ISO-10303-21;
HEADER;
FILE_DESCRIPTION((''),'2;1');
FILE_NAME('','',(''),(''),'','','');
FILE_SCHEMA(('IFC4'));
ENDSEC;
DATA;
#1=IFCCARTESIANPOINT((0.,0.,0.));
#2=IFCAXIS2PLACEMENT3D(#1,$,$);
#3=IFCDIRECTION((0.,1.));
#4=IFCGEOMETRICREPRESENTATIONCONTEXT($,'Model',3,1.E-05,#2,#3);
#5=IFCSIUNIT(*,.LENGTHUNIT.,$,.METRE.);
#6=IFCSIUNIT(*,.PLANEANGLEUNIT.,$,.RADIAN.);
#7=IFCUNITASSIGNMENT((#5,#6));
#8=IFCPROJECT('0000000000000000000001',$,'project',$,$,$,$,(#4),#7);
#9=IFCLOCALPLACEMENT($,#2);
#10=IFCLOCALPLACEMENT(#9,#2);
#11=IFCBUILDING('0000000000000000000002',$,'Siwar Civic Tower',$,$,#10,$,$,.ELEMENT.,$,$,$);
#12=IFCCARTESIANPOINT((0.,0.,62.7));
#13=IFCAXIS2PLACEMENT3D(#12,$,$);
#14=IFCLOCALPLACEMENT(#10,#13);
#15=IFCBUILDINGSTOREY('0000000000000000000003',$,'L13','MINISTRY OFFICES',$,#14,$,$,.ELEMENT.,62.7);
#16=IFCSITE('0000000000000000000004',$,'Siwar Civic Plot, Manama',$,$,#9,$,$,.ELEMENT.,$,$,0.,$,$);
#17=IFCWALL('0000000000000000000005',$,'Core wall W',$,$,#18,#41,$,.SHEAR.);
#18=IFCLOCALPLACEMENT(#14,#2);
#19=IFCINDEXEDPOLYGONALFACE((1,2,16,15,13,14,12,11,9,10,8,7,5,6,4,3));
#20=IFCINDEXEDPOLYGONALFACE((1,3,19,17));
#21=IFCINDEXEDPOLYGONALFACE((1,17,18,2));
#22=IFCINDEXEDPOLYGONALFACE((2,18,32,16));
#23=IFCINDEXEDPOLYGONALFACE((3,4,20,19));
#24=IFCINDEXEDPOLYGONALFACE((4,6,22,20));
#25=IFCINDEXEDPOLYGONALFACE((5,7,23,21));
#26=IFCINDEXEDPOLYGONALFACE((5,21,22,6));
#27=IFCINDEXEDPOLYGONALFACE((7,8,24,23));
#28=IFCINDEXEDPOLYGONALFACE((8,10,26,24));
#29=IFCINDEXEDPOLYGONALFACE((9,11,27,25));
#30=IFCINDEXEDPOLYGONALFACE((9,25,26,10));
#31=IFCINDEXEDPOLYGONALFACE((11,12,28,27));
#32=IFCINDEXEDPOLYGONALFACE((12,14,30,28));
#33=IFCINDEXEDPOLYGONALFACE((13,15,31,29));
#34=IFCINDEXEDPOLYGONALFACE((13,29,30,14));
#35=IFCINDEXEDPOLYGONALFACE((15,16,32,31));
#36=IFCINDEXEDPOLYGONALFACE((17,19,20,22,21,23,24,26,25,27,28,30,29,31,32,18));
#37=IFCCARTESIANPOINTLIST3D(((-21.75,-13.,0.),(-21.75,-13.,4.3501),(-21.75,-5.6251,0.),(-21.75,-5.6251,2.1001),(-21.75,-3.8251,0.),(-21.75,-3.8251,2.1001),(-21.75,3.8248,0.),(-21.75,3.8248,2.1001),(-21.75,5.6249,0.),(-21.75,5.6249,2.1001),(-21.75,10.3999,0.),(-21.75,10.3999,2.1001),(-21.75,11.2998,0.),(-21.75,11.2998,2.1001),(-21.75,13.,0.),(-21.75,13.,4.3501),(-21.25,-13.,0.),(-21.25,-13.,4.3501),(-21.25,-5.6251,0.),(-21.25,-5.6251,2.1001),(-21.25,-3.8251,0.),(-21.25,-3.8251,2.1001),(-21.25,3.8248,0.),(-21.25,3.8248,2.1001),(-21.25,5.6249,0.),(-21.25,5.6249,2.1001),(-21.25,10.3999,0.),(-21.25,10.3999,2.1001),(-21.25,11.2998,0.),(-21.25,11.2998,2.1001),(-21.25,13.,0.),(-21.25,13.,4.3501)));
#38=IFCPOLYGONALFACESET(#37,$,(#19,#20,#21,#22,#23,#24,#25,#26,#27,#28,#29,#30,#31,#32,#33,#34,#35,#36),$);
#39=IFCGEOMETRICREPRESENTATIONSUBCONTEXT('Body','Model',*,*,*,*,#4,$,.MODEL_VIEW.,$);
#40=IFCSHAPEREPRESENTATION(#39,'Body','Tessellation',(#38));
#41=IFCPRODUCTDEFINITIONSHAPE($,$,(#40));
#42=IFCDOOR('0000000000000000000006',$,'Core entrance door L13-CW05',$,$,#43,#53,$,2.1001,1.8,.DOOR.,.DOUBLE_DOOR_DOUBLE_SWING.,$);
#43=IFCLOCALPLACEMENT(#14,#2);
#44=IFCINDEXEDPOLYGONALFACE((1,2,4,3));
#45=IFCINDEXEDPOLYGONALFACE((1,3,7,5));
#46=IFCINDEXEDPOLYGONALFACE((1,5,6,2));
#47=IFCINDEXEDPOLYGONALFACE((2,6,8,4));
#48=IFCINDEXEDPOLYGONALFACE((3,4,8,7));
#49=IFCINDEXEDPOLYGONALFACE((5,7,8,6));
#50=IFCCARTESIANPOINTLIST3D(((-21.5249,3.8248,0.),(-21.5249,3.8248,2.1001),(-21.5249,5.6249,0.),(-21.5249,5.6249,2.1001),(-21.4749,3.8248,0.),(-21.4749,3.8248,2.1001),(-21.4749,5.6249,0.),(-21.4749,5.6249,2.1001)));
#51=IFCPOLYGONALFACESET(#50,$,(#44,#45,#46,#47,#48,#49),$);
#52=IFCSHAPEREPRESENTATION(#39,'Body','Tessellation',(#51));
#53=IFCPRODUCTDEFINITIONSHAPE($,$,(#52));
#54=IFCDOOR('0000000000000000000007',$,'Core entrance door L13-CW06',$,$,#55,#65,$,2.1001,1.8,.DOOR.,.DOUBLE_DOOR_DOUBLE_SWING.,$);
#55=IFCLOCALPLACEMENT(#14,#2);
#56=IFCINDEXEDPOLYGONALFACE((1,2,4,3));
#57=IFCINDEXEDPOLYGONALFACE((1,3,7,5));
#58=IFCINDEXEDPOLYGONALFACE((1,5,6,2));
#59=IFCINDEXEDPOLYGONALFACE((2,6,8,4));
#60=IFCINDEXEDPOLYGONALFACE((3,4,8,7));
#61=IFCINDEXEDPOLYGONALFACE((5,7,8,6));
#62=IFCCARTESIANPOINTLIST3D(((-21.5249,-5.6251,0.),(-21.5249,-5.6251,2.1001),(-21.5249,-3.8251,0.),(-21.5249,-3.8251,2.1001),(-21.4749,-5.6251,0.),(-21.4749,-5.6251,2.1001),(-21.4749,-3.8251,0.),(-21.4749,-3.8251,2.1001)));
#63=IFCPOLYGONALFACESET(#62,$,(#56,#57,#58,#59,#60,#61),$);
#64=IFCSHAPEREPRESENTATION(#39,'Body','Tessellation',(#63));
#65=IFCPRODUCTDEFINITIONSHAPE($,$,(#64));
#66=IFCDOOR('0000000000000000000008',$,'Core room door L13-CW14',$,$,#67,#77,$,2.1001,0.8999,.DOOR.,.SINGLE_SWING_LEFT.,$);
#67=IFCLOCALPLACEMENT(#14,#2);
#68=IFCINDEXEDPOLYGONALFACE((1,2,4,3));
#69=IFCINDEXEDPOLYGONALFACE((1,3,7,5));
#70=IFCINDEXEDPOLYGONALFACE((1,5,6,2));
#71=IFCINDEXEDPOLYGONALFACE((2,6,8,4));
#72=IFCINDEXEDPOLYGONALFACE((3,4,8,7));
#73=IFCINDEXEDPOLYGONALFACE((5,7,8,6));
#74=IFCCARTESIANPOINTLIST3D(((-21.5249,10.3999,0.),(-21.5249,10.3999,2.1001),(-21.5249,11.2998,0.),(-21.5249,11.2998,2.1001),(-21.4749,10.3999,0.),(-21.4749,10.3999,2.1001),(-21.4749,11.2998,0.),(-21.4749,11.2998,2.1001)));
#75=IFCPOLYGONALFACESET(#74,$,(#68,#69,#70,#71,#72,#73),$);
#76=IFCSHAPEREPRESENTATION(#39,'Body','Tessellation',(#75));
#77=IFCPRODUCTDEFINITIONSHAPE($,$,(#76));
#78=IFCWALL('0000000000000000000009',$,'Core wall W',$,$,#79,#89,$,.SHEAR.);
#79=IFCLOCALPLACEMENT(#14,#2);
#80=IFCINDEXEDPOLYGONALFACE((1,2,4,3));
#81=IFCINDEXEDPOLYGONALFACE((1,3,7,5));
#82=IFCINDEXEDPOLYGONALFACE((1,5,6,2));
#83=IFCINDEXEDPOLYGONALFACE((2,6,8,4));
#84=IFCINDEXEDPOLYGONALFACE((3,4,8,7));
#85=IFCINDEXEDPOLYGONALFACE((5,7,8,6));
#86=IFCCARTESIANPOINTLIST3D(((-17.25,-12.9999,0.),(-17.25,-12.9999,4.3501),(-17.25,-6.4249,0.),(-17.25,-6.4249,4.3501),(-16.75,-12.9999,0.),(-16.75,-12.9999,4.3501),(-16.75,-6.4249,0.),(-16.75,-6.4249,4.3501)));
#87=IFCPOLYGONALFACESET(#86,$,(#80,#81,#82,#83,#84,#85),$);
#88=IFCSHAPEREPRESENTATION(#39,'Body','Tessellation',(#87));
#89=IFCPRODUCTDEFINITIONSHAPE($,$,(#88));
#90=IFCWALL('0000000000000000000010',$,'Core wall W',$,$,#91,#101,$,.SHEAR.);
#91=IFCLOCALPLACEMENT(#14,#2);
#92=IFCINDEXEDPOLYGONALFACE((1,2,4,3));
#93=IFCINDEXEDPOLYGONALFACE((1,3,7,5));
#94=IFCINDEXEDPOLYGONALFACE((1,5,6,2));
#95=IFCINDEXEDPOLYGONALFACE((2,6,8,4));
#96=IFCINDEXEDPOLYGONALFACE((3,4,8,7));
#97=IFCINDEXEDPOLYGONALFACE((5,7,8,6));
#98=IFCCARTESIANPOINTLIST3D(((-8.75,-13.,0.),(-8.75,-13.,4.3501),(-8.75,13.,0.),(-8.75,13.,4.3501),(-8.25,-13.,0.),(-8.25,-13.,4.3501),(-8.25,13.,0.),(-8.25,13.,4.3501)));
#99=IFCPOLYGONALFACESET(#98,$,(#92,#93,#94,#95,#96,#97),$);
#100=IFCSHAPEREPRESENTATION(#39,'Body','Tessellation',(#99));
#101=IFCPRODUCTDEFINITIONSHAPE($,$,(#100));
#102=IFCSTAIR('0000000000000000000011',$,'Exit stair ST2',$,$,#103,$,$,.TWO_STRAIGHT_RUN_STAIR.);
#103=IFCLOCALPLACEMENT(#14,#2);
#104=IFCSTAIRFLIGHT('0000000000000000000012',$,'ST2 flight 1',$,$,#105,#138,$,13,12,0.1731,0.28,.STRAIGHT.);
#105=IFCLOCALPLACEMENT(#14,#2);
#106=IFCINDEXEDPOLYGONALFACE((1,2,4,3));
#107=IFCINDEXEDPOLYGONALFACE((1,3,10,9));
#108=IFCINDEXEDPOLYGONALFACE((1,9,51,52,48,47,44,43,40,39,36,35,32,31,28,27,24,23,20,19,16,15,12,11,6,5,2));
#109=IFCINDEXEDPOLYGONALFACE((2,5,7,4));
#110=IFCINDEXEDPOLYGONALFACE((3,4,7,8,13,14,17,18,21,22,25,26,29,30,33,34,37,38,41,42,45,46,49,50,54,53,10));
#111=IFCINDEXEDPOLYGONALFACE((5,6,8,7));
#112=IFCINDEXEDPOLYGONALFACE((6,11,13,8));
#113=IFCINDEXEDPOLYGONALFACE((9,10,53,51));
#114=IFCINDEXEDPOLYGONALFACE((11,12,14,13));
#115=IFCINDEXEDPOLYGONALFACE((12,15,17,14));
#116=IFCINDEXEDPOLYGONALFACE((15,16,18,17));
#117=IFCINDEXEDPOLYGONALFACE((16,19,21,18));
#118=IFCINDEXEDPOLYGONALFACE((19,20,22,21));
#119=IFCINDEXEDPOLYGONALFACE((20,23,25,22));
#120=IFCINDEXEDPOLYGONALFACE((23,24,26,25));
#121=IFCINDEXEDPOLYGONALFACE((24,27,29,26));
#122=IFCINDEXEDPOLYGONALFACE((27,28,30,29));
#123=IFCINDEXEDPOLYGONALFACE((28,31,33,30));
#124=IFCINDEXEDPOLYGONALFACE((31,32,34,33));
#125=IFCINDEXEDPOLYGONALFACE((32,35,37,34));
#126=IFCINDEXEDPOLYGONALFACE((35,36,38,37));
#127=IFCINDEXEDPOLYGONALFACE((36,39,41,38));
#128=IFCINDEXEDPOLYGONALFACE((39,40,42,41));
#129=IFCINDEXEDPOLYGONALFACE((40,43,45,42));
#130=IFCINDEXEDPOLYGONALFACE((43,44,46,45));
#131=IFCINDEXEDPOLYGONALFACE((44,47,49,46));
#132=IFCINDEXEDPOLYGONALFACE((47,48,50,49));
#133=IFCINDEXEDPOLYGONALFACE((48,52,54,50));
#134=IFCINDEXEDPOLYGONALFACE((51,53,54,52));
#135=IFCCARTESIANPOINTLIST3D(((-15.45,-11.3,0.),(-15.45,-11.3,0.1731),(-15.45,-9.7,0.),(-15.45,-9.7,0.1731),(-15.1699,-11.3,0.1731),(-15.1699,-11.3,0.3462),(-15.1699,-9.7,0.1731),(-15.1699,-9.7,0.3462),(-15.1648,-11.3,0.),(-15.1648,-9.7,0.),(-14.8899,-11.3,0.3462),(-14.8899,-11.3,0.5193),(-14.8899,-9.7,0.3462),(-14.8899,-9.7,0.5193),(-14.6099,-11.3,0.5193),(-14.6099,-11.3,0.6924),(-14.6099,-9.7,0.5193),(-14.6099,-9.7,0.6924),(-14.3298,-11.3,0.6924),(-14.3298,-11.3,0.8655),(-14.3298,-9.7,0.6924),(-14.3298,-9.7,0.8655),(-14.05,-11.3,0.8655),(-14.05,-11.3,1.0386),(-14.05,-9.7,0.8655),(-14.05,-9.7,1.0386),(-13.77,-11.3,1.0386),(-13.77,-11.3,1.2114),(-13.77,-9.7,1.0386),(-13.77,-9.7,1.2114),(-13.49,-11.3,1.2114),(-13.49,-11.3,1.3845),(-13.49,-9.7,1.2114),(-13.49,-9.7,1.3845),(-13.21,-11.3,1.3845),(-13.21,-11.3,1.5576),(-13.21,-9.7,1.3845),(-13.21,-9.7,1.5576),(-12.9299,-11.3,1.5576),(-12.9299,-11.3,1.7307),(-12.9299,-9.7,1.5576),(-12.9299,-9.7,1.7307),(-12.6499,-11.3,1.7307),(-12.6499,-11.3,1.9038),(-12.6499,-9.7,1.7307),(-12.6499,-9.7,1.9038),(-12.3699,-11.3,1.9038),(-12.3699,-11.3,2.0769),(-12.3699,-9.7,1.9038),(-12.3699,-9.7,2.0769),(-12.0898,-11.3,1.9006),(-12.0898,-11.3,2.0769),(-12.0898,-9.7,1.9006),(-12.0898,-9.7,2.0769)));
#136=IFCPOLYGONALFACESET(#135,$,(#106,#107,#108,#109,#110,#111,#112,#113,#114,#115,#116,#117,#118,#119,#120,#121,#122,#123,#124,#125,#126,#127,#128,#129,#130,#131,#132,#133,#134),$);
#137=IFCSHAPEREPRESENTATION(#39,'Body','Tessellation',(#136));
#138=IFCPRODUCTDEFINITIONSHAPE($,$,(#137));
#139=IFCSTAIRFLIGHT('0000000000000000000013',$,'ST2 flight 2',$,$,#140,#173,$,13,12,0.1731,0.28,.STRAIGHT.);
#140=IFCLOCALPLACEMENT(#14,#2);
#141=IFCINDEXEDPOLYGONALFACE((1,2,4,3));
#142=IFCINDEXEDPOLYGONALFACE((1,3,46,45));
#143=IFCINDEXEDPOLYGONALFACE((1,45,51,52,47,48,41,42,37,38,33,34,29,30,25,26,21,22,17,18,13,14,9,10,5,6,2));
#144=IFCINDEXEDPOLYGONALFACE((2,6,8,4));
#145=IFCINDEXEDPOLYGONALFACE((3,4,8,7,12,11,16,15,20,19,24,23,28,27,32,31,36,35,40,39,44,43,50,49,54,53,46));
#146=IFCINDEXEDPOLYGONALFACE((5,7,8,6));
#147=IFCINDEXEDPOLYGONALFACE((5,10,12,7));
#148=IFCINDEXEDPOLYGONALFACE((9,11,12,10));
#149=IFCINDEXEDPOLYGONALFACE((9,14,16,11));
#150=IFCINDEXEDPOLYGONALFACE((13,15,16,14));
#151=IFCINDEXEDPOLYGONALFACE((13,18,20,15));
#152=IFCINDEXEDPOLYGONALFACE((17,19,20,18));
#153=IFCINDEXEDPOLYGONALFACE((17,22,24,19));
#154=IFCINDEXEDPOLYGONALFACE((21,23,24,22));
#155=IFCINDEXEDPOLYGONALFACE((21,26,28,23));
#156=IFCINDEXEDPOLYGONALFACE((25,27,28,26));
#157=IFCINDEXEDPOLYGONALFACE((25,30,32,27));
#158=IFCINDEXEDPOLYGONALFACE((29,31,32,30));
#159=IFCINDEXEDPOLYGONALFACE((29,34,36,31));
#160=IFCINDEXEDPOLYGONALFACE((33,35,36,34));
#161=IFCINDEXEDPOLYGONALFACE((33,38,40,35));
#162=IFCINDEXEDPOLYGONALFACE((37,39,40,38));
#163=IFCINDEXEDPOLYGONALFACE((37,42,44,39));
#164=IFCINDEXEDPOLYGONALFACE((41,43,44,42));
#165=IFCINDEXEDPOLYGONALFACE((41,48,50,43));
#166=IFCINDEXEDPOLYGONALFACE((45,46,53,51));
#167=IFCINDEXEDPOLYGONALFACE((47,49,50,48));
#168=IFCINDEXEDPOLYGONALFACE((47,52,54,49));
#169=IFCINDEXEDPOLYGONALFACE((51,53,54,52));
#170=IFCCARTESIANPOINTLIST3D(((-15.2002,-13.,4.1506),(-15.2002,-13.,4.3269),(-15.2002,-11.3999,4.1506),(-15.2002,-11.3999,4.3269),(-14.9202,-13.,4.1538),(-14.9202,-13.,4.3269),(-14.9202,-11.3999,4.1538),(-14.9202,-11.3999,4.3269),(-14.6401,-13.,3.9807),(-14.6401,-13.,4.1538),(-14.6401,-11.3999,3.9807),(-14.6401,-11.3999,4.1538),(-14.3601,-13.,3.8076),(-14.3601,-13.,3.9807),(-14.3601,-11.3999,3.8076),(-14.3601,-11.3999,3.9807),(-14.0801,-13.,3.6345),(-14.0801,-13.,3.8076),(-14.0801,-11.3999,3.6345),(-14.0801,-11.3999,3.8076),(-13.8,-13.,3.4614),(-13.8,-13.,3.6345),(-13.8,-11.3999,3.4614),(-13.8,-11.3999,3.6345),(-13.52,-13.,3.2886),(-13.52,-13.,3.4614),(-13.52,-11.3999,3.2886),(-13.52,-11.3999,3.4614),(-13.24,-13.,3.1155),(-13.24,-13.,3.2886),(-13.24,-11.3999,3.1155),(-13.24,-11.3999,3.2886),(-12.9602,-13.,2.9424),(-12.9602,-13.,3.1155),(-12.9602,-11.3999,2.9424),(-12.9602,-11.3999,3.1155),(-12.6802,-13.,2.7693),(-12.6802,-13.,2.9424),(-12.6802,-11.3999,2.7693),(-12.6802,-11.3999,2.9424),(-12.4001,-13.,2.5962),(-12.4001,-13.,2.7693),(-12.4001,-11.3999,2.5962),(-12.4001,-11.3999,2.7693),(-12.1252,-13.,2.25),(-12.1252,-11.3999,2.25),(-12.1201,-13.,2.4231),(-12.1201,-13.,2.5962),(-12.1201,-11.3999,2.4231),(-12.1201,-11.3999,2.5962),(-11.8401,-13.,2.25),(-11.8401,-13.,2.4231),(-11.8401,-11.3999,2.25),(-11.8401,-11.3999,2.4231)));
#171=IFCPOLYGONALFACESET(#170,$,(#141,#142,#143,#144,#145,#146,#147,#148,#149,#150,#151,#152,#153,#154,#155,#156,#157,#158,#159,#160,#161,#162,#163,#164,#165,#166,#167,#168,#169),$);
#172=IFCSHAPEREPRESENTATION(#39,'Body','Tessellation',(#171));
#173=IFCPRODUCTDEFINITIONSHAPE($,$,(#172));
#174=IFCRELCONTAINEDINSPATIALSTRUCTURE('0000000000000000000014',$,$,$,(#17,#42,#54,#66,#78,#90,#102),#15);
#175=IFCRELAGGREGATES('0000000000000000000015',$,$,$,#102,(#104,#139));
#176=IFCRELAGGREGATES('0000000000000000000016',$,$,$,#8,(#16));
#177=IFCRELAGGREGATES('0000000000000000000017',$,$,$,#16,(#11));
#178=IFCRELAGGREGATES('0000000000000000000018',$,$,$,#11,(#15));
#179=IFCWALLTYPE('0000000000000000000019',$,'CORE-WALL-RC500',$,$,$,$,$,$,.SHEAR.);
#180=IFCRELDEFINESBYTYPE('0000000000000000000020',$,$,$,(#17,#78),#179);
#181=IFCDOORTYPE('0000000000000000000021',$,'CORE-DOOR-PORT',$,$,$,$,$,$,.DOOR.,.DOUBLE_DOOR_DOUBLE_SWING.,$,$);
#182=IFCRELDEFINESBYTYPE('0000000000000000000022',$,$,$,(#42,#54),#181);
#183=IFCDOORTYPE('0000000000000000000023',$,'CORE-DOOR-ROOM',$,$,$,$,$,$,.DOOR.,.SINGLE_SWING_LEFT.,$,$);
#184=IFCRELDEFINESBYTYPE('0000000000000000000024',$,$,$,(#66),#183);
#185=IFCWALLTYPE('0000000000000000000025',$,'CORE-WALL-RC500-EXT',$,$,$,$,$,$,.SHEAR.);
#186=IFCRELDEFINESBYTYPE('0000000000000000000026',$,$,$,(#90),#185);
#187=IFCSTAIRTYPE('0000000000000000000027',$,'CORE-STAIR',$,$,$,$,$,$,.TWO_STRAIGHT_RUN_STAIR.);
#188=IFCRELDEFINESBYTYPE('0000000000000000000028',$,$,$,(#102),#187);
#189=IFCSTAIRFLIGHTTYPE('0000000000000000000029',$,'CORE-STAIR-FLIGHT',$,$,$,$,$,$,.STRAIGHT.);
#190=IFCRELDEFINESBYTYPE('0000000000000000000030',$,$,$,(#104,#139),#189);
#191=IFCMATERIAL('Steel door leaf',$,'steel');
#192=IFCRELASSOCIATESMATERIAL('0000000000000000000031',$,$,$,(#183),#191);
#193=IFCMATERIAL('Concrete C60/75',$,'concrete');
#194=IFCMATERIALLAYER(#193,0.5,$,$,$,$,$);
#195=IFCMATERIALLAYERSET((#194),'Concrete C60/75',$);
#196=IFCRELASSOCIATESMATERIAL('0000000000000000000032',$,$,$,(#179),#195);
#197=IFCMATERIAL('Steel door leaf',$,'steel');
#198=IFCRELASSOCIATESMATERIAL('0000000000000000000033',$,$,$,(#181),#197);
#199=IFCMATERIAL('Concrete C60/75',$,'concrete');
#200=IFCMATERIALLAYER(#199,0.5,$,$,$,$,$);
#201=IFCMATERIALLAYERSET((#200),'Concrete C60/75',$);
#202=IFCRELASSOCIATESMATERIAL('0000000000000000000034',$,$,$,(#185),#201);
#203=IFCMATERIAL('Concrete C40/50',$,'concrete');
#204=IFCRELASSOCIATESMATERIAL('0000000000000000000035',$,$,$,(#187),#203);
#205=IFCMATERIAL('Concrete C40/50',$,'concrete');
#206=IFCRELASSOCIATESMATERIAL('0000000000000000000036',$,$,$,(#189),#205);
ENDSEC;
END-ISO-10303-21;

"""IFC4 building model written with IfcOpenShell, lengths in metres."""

from ifc_helpers import new_model, si_unit, direction, frame, frame_2d, origin, place, context, subcontext, project, spatial, polyline, rectangle, outline, extrude, material, layer, layer_set, type_object, element, fill, aggregate, save


model = new_model("IFC4")

# Units and contexts
model_context = context("Model", 3, precision=1e-05, world=origin(), true_north=direction((0.0, 1.0)))
body_context = subcontext(model_context, "Body", "Model", "MODEL_VIEW")
ifc_project = project(units=[si_unit("LENGTHUNIT", "METRE"), si_unit("PLANEANGLEUNIT", "RADIAN")], contexts=[model_context])

# Site, building, storey
site_placement = place(None, origin())
site = spatial("IfcSite", under=ifc_project, at=site_placement, Name="Siwar Civic Plot, Manama", CompositionType="ELEMENT", RefElevation=0.0)
building_placement = place(site_placement, origin())
building = spatial("IfcBuilding", under=site, at=building_placement, Name="Siwar Civic Tower", CompositionType="ELEMENT")
storey_placement = place(building_placement, frame((0.0, 0.0, 62.7)))
storey = spatial("IfcBuildingStorey", under=building, at=storey_placement, Name="L13", Description="MINISTRY OFFICES", CompositionType="ELEMENT", Elevation=62.7)

# Shared definitions
ifc_material_1 = material(Name="Steel door leaf", Category="steel")
door_type_1 = type_object("IfcDoorType", Name="CORE-DOOR-ROOM", OperationType="SINGLE_SWING_LEFT", PredefinedType="DOOR", material=ifc_material_1)

# Wall, openings, doors
ifc_material_2 = material(Name="Concrete C60/75", Category="concrete")
ifc_layer_1 = layer(ifc_material_2, 0.5)
ifc_layer_set_1 = layer_set([ifc_layer_1], Name="Concrete C60/75")
wall_type_1 = type_object("IfcWallType", Name="CORE-WALL-RC500", PredefinedType="SHEAR", material=ifc_layer_set_1)
wall_1_placement = place(storey_placement, frame((-21.5, -13.0, 0.0), z_axis=(0.0, 0.0, 1.0), x_axis=(0.0, 1.0, 0.0)))
wall_1 = element("IfcWall", 1, at=wall_1_placement, inside=storey, type_object=wall_type_1, Name="Core wall W", PredefinedType="SHEAR", context=body_context, shape_type="SweptSolid", body=[
    extrude(rectangle(XDim=26.0, YDim=0.5, at=frame_2d((13.0, 0.0))), origin(), (0.0, 0.0, 1.0), 4.3501),
])
opening_1_placement = place(wall_1_placement, frame((16.825, 0.0, 0.0)))
opening_1 = element("IfcOpeningElement", 2, at=opening_1_placement, cuts=wall_1, PredefinedType="OPENING", context=body_context, shape_type="SweptSolid", body=[
    extrude(rectangle(XDim=1.8, YDim=2.1001, at=frame_2d((0.8999, 1.05))), frame((0.0, 0.26, 0.0), z_axis=(0.0, -1.0, 0.0), x_axis=(1.0, 0.0, 0.0)), (0.0, 0.0, 1.0), 0.52),
])
opening_2_placement = place(wall_1_placement, frame((7.375, 0.0, 0.0)))
opening_2 = element("IfcOpeningElement", 3, at=opening_2_placement, cuts=wall_1, PredefinedType="OPENING", context=body_context, shape_type="SweptSolid", body=[
    extrude(rectangle(XDim=1.8, YDim=2.1001, at=frame_2d((0.8999, 1.05))), frame((0.0, 0.26, 0.0), z_axis=(0.0, -1.0, 0.0), x_axis=(1.0, 0.0, 0.0)), (0.0, 0.0, 1.0), 0.52),
])
opening_3_placement = place(wall_1_placement, frame((23.3999, 0.0, 0.0)))
opening_3 = element("IfcOpeningElement", 4, at=opening_3_placement, cuts=wall_1, PredefinedType="OPENING", context=body_context, shape_type="SweptSolid", body=[
    extrude(rectangle(XDim=0.8999, YDim=2.1001, at=frame_2d((0.45, 1.05))), frame((0.0, 0.26, 0.0), z_axis=(0.0, -1.0, 0.0), x_axis=(1.0, 0.0, 0.0)), (0.0, 0.0, 1.0), 0.52),
])
ifc_material_3 = material(Name="Steel door leaf", Category="steel")
door_type_2 = type_object("IfcDoorType", Name="CORE-DOOR-PORT", OperationType="DOUBLE_DOOR_DOUBLE_SWING", PredefinedType="DOOR", material=ifc_material_3)
door_1_placement = place(opening_1_placement, origin())
door_1 = element("IfcDoor", 5, at=door_1_placement, inside=storey, type_object=door_type_2, Name="Core entrance door L13-CW05", OperationType="DOUBLE_DOOR_DOUBLE_SWING", OverallHeight=2.1001, OverallWidth=1.8, PredefinedType="DOOR", context=body_context, shape_type="SweptSolid", body=[
    extrude(rectangle(XDim=1.8, YDim=2.1001, at=frame_2d((0.8999, 1.05))), frame((0.0, 0.0249, 0.0), z_axis=(0.0, -1.0, 0.0), x_axis=(1.0, 0.0, 0.0)), (0.0, 0.0, 1.0), 0.05),
])
fill(opening_1, door_1)
door_2_placement = place(opening_2_placement, origin())
door_2 = element("IfcDoor", 6, at=door_2_placement, inside=storey, type_object=door_type_2, Name="Core entrance door L13-CW06", OperationType="DOUBLE_DOOR_DOUBLE_SWING", OverallHeight=2.1001, OverallWidth=1.8, PredefinedType="DOOR", context=body_context, shape_type="SweptSolid", body=[
    extrude(rectangle(XDim=1.8, YDim=2.1001, at=frame_2d((0.8999, 1.05))), frame((0.0, 0.0249, 0.0), z_axis=(0.0, -1.0, 0.0), x_axis=(1.0, 0.0, 0.0)), (0.0, 0.0, 1.0), 0.05),
])
fill(opening_2, door_2)
door_3_placement = place(opening_3_placement, origin())
door_3 = element("IfcDoor", 7, at=door_3_placement, inside=storey, type_object=door_type_1, Name="Core room door L13-CW14", OperationType="SINGLE_SWING_LEFT", OverallHeight=2.1001, OverallWidth=0.8999, PredefinedType="DOOR", context=body_context, shape_type="SweptSolid", body=[
    extrude(rectangle(XDim=0.8999, YDim=2.1001, at=frame_2d((0.45, 1.05))), frame((0.0, 0.0249, 0.0), z_axis=(0.0, -1.0, 0.0), x_axis=(1.0, 0.0, 0.0)), (0.0, 0.0, 1.0), 0.05),
])
fill(opening_3, door_3)

# Walls
wall_2_placement = place(storey_placement, frame((-17.0, -13.0, 0.0), z_axis=(0.0, 0.0, 1.0), x_axis=(0.0, 1.0, 0.0)))
element("IfcWall", 8, at=wall_2_placement, inside=storey, type_object=wall_type_1, Name="Core wall W", PredefinedType="SHEAR", context=body_context, shape_type="SweptSolid", body=[
    extrude(rectangle(XDim=6.575, YDim=0.5, at=frame_2d((3.2876, 0.0))), origin(), (0.0, 0.0, 1.0), 4.3501),
])
ifc_material_4 = material(Name="Concrete C60/75", Category="concrete")
ifc_layer_2 = layer(ifc_material_4, 0.5)
ifc_layer_set_2 = layer_set([ifc_layer_2], Name="Concrete C60/75")
wall_type_2 = type_object("IfcWallType", Name="CORE-WALL-RC500-EXT", PredefinedType="SHEAR", material=ifc_layer_set_2)
wall_3_placement = place(storey_placement, frame((-8.5, -13.0, 0.0), z_axis=(0.0, 0.0, 1.0), x_axis=(0.0, 1.0, 0.0)))
element("IfcWall", 9, at=wall_3_placement, inside=storey, type_object=wall_type_2, Name="Core wall W", PredefinedType="SHEAR", context=body_context, shape_type="SweptSolid", body=[
    extrude(rectangle(XDim=26.0, YDim=0.5, at=frame_2d((13.0, 0.0))), origin(), (0.0, 0.0, 1.0), 4.3501),
])

# Stair, stair flights
ifc_material_5 = material(Name="Concrete C40/50", Category="concrete")
stair_type = type_object("IfcStairType", Name="CORE-STAIR", PredefinedType="TWO_STRAIGHT_RUN_STAIR", material=ifc_material_5)
stair_placement = place(storey_placement, origin())
stair = element("IfcStair", 10, at=stair_placement, inside=storey, type_object=stair_type, Name="Exit stair ST2", PredefinedType="TWO_STRAIGHT_RUN_STAIR")
ifc_material_6 = material(Name="Concrete C40/50", Category="concrete")
stair_flight_type = type_object("IfcStairFlightType", Name="CORE-STAIR-FLIGHT", PredefinedType="STRAIGHT", material=ifc_material_6)
stair_flight_1_placement = place(storey_placement, frame((-15.45, -10.5, 0.0), z_axis=(0.0, 0.0, 1.0), x_axis=(1.0, 0.0, 0.0)))
stair_flight_1 = element("IfcStairFlight", 11, at=stair_flight_1_placement, type_object=stair_flight_type, Name="ST2 flight 1", NumberOfRisers=13, NumberOfTreads=12, PredefinedType="STRAIGHT", RiserHeight=0.1731, TreadLength=0.28, context=body_context, shape_type="SweptSolid", body=[
    extrude(outline(polyline([(0.0, 0.0), (0.0, 0.1731), (0.28, 0.1731), (0.28, 0.3462), (0.5601, 0.3462), (0.5601, 0.5193), (0.8401, 0.5193), (0.8401, 0.6924), (1.1201, 0.6924), (1.1201, 0.8655), (1.3999, 0.8655), (1.3999, 1.0386), (1.6799, 1.0386), (1.6799, 1.2114), (1.96, 1.2114), (1.96, 1.3845), (2.24, 1.3845), (2.24, 1.5576), (2.52, 1.5576), (2.52, 1.7307), (2.8, 1.7307), (2.8, 1.9038), (3.0801, 1.9038), (3.0801, 2.0769), (3.3601, 2.0769), (3.3601, 2.25), (3.3601, 1.9006), (0.2852, 0.0), (0.0, 0.0)])), frame((0.0, 0.8, 0.0), z_axis=(0.0, -1.0, 0.0), x_axis=(1.0, 0.0, 0.0)), (0.0, 0.0, 1.0), 1.6001),
])
stair_flight_2_placement = place(storey_placement, frame((-11.8401, -12.2, 2.25), z_axis=(0.0, 0.0, 1.0), x_axis=(-1.0, 0.0, 0.0)))
stair_flight_2 = element("IfcStairFlight", 12, at=stair_flight_2_placement, type_object=stair_flight_type, Name="ST2 flight 2", NumberOfRisers=13, NumberOfTreads=12, PredefinedType="STRAIGHT", RiserHeight=0.1731, TreadLength=0.28, context=body_context, shape_type="SweptSolid", body=[
    extrude(outline(polyline([(0.0, 0.0), (0.0, 0.1731), (0.28, 0.1731), (0.28, 0.3462), (0.5601, 0.3462), (0.5601, 0.5193), (0.8401, 0.5193), (0.8401, 0.6924), (1.1201, 0.6924), (1.1201, 0.8655), (1.3999, 0.8655), (1.3999, 1.0386), (1.6799, 1.0386), (1.6799, 1.2114), (1.96, 1.2114), (1.96, 1.3845), (2.24, 1.3845), (2.24, 1.5576), (2.52, 1.5576), (2.52, 1.7307), (2.8, 1.7307), (2.8, 1.9038), (3.0801, 1.9038), (3.0801, 2.0769), (3.3601, 2.0769), (3.3601, 2.25), (3.3601, 1.9006), (0.2852, 0.0), (0.0, 0.0)])), frame((0.0, 0.8, 0.0), z_axis=(0.0, -1.0, 0.0), x_axis=(1.0, 0.0, 0.0)), (0.0, 0.0, 1.0), 1.6001),
])
aggregate(stair, [stair_flight_1, stair_flight_2])

save(model, "model.ifc")
